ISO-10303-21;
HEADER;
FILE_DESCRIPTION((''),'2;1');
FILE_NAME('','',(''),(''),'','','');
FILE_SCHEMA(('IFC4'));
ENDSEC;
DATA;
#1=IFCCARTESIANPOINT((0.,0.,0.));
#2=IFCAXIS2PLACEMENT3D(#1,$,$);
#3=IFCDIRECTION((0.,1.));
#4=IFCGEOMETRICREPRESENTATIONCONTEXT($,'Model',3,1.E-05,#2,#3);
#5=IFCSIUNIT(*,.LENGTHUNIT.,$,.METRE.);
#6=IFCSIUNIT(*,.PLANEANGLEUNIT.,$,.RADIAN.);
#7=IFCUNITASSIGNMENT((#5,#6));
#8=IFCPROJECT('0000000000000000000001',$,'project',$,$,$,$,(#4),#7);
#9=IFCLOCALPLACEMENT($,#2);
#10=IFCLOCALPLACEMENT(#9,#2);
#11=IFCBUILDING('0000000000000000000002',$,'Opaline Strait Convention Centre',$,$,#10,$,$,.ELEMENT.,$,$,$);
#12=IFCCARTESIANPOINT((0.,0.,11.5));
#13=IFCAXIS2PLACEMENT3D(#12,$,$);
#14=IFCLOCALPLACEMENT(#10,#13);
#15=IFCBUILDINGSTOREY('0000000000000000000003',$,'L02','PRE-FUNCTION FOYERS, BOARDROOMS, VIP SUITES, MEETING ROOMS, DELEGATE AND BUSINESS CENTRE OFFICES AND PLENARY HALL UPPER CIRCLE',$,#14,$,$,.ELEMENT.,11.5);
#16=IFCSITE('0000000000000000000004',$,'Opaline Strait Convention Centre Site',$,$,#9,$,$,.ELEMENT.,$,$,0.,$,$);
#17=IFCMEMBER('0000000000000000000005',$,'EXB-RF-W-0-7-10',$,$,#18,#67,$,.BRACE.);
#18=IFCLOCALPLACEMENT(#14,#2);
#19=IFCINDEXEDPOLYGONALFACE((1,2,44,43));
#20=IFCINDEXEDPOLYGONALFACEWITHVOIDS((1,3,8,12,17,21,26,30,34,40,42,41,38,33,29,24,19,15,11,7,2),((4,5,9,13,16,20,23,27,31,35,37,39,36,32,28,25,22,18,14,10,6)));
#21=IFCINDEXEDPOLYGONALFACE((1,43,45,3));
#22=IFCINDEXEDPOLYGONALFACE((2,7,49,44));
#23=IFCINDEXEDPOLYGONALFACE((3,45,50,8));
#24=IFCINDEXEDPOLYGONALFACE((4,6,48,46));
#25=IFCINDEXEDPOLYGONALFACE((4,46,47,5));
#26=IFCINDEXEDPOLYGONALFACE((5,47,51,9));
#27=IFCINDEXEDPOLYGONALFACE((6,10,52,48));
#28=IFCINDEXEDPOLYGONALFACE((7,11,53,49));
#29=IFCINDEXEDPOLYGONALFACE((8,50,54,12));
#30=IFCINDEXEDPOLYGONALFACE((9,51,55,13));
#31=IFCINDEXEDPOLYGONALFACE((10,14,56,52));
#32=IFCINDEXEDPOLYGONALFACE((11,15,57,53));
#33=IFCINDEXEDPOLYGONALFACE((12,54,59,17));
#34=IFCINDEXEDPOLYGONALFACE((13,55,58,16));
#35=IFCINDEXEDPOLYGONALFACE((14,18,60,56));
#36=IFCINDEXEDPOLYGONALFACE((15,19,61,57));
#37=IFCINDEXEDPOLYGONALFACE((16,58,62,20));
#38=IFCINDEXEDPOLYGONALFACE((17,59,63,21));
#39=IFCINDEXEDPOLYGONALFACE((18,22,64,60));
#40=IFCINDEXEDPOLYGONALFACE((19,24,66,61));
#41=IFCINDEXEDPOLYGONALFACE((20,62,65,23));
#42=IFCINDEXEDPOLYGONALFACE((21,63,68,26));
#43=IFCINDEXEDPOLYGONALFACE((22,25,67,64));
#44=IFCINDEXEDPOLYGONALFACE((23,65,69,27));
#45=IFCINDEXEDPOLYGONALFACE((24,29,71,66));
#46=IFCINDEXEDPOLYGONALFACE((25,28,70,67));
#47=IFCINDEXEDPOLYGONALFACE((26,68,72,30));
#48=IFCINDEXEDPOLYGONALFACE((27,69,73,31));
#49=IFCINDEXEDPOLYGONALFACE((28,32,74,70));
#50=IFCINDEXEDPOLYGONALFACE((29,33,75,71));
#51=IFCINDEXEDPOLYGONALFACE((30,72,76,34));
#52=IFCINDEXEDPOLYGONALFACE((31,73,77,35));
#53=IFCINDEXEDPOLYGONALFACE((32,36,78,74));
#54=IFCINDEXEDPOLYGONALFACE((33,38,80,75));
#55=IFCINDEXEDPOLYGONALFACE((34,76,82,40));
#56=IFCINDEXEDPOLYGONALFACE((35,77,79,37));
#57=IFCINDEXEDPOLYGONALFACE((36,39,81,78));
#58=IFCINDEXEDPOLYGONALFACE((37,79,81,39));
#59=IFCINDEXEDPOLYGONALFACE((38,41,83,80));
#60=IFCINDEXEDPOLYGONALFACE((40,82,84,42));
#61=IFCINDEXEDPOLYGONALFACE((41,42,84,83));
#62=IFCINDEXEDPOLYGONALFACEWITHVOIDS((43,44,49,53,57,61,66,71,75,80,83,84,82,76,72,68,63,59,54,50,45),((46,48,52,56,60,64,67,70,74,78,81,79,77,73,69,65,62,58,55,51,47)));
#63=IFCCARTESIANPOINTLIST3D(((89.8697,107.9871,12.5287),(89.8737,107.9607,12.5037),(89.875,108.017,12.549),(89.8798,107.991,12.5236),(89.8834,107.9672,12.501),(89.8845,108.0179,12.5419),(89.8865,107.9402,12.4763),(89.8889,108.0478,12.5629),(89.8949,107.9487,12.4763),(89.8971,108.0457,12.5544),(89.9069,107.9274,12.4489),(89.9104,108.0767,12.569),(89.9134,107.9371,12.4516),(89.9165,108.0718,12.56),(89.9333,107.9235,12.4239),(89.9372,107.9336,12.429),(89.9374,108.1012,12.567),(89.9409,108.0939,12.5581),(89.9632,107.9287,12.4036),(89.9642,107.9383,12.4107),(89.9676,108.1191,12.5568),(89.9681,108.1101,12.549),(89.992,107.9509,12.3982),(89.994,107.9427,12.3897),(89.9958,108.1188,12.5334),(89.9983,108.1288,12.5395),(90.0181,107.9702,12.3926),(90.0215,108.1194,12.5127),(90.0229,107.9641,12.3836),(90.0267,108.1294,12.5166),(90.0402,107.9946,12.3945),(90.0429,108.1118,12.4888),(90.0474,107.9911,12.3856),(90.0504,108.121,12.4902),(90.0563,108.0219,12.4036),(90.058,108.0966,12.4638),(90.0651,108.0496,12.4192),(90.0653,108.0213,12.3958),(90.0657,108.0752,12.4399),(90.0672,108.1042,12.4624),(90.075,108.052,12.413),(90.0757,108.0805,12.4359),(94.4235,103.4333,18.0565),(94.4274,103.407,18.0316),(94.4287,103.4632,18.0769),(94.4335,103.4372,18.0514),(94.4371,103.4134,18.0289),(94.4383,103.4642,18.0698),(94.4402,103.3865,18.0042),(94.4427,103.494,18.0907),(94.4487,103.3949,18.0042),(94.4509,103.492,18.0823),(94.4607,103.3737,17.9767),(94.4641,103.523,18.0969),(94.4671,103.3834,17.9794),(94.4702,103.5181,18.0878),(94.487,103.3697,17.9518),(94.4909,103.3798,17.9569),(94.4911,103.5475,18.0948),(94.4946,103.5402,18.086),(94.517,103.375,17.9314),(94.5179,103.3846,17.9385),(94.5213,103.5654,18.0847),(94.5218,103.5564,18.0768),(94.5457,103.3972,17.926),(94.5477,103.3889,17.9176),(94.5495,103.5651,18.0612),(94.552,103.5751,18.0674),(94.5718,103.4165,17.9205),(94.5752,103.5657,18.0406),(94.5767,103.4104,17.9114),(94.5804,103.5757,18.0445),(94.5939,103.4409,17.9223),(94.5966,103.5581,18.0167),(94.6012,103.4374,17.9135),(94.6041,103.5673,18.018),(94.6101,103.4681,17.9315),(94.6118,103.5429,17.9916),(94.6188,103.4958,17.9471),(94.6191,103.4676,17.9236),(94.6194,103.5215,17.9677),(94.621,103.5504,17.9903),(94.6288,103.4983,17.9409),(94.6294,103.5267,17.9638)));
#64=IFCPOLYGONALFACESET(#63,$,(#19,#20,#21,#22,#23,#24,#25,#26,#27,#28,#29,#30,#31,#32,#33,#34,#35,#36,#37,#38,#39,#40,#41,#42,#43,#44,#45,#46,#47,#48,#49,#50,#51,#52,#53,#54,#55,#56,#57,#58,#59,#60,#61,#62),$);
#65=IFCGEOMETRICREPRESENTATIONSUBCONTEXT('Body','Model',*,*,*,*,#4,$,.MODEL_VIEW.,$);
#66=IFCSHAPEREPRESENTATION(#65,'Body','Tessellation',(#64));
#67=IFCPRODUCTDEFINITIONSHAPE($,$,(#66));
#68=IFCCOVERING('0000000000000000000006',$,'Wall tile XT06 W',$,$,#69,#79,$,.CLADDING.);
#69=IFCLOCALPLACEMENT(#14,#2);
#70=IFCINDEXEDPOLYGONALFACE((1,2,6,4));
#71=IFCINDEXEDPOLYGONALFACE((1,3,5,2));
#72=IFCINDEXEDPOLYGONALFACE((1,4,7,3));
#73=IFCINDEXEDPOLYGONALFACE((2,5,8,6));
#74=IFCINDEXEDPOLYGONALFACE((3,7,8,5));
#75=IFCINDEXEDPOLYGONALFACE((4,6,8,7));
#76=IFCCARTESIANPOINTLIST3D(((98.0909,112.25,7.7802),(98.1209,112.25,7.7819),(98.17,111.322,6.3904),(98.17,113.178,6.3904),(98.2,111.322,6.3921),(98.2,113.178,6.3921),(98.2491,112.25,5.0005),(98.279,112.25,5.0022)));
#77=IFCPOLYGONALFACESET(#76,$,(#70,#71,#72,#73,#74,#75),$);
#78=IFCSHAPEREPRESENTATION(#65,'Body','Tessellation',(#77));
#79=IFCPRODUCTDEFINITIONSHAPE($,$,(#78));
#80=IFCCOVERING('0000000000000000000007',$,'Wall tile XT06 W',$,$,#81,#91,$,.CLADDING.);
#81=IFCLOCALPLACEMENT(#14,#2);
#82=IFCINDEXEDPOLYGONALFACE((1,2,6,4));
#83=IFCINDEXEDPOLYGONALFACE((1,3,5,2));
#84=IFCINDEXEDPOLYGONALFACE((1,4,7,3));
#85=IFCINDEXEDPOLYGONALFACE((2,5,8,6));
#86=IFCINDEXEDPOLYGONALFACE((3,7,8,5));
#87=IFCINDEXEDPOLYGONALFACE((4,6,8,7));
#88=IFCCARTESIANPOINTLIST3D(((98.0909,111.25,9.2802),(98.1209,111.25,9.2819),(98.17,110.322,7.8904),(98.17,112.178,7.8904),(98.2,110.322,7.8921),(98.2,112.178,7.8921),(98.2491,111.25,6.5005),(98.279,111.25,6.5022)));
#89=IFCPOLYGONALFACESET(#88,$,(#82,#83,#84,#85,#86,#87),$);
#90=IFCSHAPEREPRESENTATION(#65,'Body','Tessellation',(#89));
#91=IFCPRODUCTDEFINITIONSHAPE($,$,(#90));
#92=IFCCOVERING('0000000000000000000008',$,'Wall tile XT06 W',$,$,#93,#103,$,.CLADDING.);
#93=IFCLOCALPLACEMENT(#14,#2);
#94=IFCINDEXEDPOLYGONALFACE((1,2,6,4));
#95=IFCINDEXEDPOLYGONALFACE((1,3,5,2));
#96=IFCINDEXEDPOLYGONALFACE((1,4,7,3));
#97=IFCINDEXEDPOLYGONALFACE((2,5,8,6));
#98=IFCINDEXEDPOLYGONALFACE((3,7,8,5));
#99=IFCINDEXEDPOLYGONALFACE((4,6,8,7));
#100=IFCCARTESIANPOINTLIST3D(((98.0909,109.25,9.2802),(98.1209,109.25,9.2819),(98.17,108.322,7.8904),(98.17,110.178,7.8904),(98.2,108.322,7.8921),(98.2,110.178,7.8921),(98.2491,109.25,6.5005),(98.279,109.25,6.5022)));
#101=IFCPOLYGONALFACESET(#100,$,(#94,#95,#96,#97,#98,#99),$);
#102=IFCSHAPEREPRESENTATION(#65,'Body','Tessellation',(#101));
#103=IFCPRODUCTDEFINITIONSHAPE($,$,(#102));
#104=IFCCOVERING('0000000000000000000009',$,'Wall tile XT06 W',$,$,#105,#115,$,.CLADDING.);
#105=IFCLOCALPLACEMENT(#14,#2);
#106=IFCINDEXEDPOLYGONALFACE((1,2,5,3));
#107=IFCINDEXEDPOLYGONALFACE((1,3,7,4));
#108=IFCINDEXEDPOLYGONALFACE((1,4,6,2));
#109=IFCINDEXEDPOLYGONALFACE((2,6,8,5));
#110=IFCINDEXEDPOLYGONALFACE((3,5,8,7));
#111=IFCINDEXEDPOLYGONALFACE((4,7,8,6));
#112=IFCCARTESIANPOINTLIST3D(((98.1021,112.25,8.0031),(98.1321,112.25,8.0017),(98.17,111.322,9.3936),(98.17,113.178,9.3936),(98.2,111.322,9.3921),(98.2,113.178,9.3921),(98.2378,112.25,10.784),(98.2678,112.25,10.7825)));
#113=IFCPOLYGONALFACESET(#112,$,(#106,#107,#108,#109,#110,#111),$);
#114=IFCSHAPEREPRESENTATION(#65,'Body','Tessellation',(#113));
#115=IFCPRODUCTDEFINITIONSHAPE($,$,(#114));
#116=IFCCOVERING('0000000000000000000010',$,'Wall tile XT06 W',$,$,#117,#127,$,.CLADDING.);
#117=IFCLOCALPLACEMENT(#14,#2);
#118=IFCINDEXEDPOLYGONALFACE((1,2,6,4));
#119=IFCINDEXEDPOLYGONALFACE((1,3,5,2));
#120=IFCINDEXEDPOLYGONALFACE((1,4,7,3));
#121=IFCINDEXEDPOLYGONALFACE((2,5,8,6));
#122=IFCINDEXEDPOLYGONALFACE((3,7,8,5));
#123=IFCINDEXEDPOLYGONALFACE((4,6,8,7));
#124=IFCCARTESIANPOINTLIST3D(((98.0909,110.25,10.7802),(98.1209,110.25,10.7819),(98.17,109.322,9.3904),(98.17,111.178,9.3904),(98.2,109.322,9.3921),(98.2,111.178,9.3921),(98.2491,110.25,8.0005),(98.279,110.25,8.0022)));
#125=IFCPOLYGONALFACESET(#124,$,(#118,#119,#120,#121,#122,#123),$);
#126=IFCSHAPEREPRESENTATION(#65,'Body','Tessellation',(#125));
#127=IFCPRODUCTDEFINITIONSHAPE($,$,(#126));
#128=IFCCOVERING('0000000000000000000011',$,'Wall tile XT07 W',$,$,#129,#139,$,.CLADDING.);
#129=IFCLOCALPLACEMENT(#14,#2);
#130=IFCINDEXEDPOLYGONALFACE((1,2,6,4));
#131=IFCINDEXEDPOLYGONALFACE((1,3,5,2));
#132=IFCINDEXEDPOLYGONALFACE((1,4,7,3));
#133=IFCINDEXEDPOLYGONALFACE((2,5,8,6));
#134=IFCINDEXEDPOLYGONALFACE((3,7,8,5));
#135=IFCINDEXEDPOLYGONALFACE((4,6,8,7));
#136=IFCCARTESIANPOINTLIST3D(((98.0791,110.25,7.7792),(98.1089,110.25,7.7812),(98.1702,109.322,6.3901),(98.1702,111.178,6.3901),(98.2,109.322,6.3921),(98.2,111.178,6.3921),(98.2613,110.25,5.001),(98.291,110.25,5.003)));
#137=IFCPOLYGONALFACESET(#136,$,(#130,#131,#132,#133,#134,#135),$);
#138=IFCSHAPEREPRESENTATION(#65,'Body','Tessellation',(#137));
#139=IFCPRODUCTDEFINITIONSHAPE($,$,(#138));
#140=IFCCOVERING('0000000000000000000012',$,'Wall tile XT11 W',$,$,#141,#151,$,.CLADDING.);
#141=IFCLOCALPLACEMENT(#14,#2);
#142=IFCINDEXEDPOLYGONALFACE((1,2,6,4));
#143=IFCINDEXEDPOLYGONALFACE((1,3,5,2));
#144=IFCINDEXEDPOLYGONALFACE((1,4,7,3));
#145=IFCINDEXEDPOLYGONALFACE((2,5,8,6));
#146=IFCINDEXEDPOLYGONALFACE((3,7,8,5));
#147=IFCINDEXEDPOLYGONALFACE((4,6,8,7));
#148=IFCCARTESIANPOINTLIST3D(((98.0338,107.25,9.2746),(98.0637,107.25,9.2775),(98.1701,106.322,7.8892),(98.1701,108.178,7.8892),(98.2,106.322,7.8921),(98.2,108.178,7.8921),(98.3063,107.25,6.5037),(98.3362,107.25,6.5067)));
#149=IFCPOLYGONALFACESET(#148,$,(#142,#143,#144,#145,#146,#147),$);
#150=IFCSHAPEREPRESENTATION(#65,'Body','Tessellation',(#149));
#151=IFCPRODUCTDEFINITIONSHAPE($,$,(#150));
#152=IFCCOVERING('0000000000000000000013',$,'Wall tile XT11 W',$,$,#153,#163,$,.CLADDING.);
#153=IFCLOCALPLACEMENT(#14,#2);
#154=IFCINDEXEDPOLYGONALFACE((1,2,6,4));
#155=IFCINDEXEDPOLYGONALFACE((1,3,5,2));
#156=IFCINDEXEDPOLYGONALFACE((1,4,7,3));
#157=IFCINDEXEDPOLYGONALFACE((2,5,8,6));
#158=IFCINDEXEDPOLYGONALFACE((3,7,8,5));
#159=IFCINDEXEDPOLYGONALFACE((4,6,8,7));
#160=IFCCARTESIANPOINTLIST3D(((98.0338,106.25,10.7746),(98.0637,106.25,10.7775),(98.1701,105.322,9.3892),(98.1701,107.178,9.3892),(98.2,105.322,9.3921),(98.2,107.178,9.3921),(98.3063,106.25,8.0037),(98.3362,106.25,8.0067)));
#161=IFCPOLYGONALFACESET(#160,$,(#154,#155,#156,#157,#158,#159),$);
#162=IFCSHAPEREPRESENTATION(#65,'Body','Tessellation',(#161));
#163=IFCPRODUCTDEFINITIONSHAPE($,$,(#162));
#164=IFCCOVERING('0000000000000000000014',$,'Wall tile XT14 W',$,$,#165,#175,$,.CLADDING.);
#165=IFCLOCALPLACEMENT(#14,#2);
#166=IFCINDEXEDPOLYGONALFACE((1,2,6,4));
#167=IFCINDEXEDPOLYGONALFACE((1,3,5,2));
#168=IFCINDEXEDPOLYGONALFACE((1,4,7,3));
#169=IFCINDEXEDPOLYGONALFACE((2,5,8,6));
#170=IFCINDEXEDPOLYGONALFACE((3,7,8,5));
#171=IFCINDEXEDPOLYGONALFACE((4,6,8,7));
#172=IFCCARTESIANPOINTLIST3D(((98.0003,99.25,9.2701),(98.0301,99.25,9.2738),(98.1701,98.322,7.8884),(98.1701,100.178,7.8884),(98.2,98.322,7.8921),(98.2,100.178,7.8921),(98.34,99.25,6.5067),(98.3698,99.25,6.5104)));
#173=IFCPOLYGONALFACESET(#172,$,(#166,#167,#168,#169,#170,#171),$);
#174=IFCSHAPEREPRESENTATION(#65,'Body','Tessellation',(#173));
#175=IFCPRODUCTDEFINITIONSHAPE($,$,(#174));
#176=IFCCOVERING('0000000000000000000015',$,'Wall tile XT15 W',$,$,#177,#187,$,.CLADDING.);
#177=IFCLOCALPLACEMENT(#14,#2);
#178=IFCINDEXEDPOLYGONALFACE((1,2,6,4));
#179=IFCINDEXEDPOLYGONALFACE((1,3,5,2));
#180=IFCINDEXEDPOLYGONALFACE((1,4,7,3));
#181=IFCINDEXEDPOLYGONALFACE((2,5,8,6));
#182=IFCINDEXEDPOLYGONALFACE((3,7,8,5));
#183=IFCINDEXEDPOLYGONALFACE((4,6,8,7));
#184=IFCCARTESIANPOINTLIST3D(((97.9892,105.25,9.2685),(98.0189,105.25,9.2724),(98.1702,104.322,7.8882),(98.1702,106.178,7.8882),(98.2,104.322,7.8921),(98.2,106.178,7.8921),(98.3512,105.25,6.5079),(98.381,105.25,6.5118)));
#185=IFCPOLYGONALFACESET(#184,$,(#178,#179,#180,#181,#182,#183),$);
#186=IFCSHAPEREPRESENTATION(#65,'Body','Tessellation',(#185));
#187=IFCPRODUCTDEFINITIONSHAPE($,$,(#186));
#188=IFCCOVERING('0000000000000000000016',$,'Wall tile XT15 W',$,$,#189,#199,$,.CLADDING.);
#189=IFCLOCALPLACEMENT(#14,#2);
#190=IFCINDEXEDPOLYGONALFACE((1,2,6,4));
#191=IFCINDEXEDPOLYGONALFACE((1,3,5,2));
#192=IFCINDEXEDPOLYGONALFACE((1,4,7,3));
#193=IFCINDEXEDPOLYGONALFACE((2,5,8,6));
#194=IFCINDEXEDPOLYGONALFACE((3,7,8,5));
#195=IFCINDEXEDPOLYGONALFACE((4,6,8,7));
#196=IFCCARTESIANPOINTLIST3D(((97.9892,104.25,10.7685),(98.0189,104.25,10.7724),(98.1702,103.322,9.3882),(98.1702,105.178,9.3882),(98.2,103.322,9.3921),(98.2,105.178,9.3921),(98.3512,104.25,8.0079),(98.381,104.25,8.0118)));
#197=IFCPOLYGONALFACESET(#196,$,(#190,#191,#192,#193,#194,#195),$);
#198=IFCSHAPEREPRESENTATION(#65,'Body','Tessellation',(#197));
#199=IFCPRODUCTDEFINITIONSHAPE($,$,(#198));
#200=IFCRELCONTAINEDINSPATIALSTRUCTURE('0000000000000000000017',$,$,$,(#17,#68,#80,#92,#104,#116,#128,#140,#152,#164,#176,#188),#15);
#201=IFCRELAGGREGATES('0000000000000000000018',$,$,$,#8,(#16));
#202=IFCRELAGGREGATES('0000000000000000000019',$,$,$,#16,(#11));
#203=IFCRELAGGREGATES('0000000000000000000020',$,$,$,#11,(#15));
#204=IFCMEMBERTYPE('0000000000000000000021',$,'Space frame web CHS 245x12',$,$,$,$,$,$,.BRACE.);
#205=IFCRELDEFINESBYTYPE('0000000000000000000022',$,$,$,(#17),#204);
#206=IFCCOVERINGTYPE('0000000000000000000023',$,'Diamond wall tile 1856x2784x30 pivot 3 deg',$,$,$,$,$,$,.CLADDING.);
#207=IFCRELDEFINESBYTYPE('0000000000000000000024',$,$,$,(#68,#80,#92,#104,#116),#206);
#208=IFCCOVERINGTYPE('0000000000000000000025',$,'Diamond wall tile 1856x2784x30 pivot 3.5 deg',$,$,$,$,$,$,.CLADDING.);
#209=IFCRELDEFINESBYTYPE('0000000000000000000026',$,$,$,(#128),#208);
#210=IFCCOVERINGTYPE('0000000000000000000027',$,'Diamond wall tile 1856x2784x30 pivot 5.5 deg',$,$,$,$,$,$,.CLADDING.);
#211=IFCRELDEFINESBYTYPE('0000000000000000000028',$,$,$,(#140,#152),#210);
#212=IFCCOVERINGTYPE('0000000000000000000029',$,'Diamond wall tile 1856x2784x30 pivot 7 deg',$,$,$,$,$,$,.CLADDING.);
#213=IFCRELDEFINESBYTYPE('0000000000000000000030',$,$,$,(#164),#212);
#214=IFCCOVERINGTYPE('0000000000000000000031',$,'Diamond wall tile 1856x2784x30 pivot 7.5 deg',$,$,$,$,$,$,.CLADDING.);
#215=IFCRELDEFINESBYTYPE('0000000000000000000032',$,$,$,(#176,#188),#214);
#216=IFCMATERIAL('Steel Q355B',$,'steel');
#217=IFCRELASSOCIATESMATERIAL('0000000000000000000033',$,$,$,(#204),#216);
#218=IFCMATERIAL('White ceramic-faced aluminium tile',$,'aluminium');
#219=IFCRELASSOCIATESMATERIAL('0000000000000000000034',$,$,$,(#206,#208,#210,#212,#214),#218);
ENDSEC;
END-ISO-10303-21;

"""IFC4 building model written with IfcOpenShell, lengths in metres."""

from ifc_helpers import new_model, si_unit, direction, frame, origin, origin_2d, place, context, subcontext, project, spatial, polyline, hollow_circle, outline, extrude, material, material_profile, profile_set, type_object, element, save


model = new_model("IFC4")

# Units and contexts
model_context = context("Model", 3, precision=1e-05, world=origin(), true_north=direction((0.0, 1.0)))
body_context = subcontext(model_context, "Body", "Model", "MODEL_VIEW")
ifc_project = project(units=[si_unit("LENGTHUNIT", "METRE"), si_unit("PLANEANGLEUNIT", "RADIAN")], contexts=[model_context])

# Site, building, storey
site_placement = place(None, origin())
site = spatial("IfcSite", under=ifc_project, at=site_placement, Name="Opaline Strait Convention Centre Site", CompositionType="ELEMENT", RefElevation=0.0)
building_placement = place(site_placement, origin())
building = spatial("IfcBuilding", under=site, at=building_placement, Name="Opaline Strait Convention Centre", CompositionType="ELEMENT")
storey_placement = place(building_placement, frame((0.0, 0.0, 11.5)))
storey = spatial("IfcBuildingStorey", under=building, at=storey_placement, Name="L02", Description="PRE-FUNCTION FOYERS, BOARDROOMS, VIP SUITES, MEETING ROOMS, DELEGATE AND BUSINESS CENTRE OFFICES AND PLENARY HALL UPPER CIRCLE", CompositionType="ELEMENT", Elevation=11.5)

# Member
ifc_material_1 = material(Name="Steel Q355B", Category="steel")
ifc_material_profile_1 = material_profile(ifc_material_1, hollow_circle(Radius=0.1226, WallThickness=0.012, at=origin_2d()), Name="CHS 245x12")
ifc_profile_set_1 = profile_set([ifc_material_profile_1], Name="Steel Q355B")
member_type_1 = type_object("IfcMemberType", Name="Space frame web CHS 245x12", PredefinedType="BRACE", material=ifc_profile_set_1)
for number, where, z_axis, x_axis, name in (
    (1, (94.5269, 103.4731, 18.0042), (-0.53655, 0.53655, -0.651328), (-0.707107, -0.707107, 0.0), "EXB-RF-W-0-7-10"),
):
    element("IfcMember", number, at=place(storey_placement, frame(where, z_axis=z_axis, x_axis=x_axis)), inside=storey, type_object=member_type_1, Name=name, PredefinedType="BRACE", context=body_context, shape_type="SweptSolid", body=[
        extrude(hollow_circle(Radius=0.1226, WallThickness=0.012, at=origin_2d()), origin(), (0.0, 0.0, 1.0), 8.4871),
    ])

# Coverings
ifc_material_2 = material(Name="White ceramic-faced aluminium tile", Category="aluminium")
ifc_material_profile_2 = material_profile(ifc_material_2, outline(polyline([(0.928, 0.0), (0.0, 1.3921), (-0.928, 0.0), (0.0, -1.3921), (0.928, 0.0)])), Name="Diamond tile 1856x2784")
ifc_profile_set_2 = profile_set([ifc_material_profile_2], Name="White ceramic-faced aluminium tile")
covering_type_1 = type_object("IfcCoveringType", Name="Diamond wall tile 1856x2784x30 pivot 3 deg", PredefinedType="CLADDING", material=ifc_profile_set_2)
for number, where, z_axis, x_axis, name in (
    (2, (98.2, 112.25, 6.3921), (-0.998385, 0.0, -0.056819), (0.0, -1.0, 0.0), "Wall tile XT06 W"),
    (3, (98.2, 111.25, 7.8921), (-0.998385, 0.0, -0.056819), (0.0, -1.0, 0.0), "Wall tile XT06 W"),
    (4, (98.2, 109.25, 7.8921), (-0.998385, 0.0, -0.056819), (0.0, -1.0, 0.0), "Wall tile XT06 W"),
    (5, (98.2, 112.25, 9.3921), (-0.998812, 0.0, 0.048723), (0.0, -1.0, 0.0), "Wall tile XT06 W"),
    (6, (98.2, 110.25, 9.3921), (-0.998385, 0.0, -0.056819), (0.0, -1.0, 0.0), "Wall tile XT06 W"),
):
    element("IfcCovering", number, at=place(storey_placement, frame(where, z_axis=z_axis, x_axis=x_axis)), inside=storey, type_object=covering_type_1, Name=name, PredefinedType="CLADDING", context=body_context, shape_type="SweptSolid", body=[
        extrude(outline(polyline([(0.928, 0.0), (0.0, 1.3921), (-0.928, 0.0), (0.0, -1.3921), (0.928, 0.0)])), origin(), (0.0, 0.0, 1.0), 0.03),
    ])
ifc_material_profile_3 = material_profile(ifc_material_2, outline(polyline([(0.928, 0.0), (0.0, 1.3921), (-0.928, 0.0), (0.0, -1.3921), (0.928, 0.0)])), Name="Diamond tile 1856x2784")
ifc_profile_set_3 = profile_set([ifc_material_profile_3], Name="White ceramic-faced aluminium tile")
covering_type_2 = type_object("IfcCoveringType", Name="Diamond wall tile 1856x2784x30 pivot 3.5 deg", PredefinedType="CLADDING", material=ifc_profile_set_3)
covering_1_placement = place(storey_placement, frame((98.2, 110.25, 6.3921), z_axis=(-0.997857, 0.0, -0.065433), x_axis=(0.0, -1.0, 0.0)))
element("IfcCovering", 7, at=covering_1_placement, inside=storey, type_object=covering_type_2, Name="Wall tile XT07 W", PredefinedType="CLADDING", context=body_context, shape_type="SweptSolid", body=[
    extrude(outline(polyline([(0.928, 0.0), (0.0, 1.3921), (-0.928, 0.0), (0.0, -1.3921), (0.928, 0.0)])), origin(), (0.0, 0.0, 1.0), 0.0298),
])
ifc_material_profile_4 = material_profile(ifc_material_2, outline(polyline([(0.928, 0.0), (0.0, 1.3921), (-0.928, 0.0), (0.0, -1.3921), (0.928, 0.0)])), Name="Diamond tile 1856x2784")
ifc_profile_set_4 = profile_set([ifc_material_profile_4], Name="White ceramic-faced aluminium tile")
covering_type_3 = type_object("IfcCoveringType", Name="Diamond wall tile 1856x2784x30 pivot 5.5 deg", PredefinedType="CLADDING", material=ifc_profile_set_4)
for number, where, z_axis, x_axis, name in (
    (8, (98.2, 107.25, 7.8921), (-0.995197, 0.0, -0.097888), (0.0, -1.0, 0.0), "Wall tile XT11 W"),
    (9, (98.2, 106.25, 9.3921), (-0.995197, 0.0, -0.097888), (0.0, -1.0, 0.0), "Wall tile XT11 W"),
):
    element("IfcCovering", number, at=place(storey_placement, frame(where, z_axis=z_axis, x_axis=x_axis)), inside=storey, type_object=covering_type_3, Name=name, PredefinedType="CLADDING", context=body_context, shape_type="SweptSolid", body=[
        extrude(outline(polyline([(0.928, 0.0), (0.0, 1.3921), (-0.928, 0.0), (0.0, -1.3921), (0.928, 0.0)])), origin(), (0.0, 0.0, 1.0), 0.03),
    ])
ifc_material_profile_5 = material_profile(ifc_material_2, outline(polyline([(0.928, 0.0), (0.0, 1.3921), (-0.928, 0.0), (0.0, -1.3921), (0.928, 0.0)])), Name="Diamond tile 1856x2784")
ifc_profile_set_5 = profile_set([ifc_material_profile_5], Name="White ceramic-faced aluminium tile")
covering_type_4 = type_object("IfcCoveringType", Name="Diamond wall tile 1856x2784x30 pivot 7 deg", PredefinedType="CLADDING", material=ifc_profile_set_5)
covering_2_placement = place(storey_placement, frame((98.2, 99.25, 7.8921), z_axis=(-0.992526, 0.0, -0.122032), x_axis=(0.0, -1.0, 0.0)))
element("IfcCovering", 10, at=covering_2_placement, inside=storey, type_object=covering_type_4, Name="Wall tile XT14 W", PredefinedType="CLADDING", context=body_context, shape_type="SweptSolid", body=[
    extrude(outline(polyline([(0.928, 0.0), (0.0, 1.3921), (-0.928, 0.0), (0.0, -1.3921), (0.928, 0.0)])), origin(), (0.0, 0.0, 1.0), 0.03),
])
ifc_material_profile_6 = material_profile(ifc_material_2, outline(polyline([(0.928, 0.0), (0.0, 1.3921), (-0.928, 0.0), (0.0, -1.3921), (0.928, 0.0)])), Name="Diamond tile 1856x2784")
ifc_profile_set_6 = profile_set([ifc_material_profile_6], Name="White ceramic-faced aluminium tile")
covering_type_5 = type_object("IfcCoveringType", Name="Diamond wall tile 1856x2784x30 pivot 7.5 deg", PredefinedType="CLADDING", material=ifc_profile_set_6)
for number, where, z_axis, x_axis, name in (
    (11, (98.2, 105.25, 7.8921), (-0.99151, 0.0, -0.130034), (0.0, -1.0, 0.0), "Wall tile XT15 W"),
    (12, (98.2, 104.25, 9.3921), (-0.99151, 0.0, -0.130034), (0.0, -1.0, 0.0), "Wall tile XT15 W"),
):
    element("IfcCovering", number, at=place(storey_placement, frame(where, z_axis=z_axis, x_axis=x_axis)), inside=storey, type_object=covering_type_5, Name=name, PredefinedType="CLADDING", context=body_context, shape_type="SweptSolid", body=[
        extrude(outline(polyline([(0.928, 0.0), (0.0, 1.3921), (-0.928, 0.0), (0.0, -1.3921), (0.928, 0.0)])), origin(), (0.0, 0.0, 1.0), 0.03),
    ])

save(model, "model.ifc")
